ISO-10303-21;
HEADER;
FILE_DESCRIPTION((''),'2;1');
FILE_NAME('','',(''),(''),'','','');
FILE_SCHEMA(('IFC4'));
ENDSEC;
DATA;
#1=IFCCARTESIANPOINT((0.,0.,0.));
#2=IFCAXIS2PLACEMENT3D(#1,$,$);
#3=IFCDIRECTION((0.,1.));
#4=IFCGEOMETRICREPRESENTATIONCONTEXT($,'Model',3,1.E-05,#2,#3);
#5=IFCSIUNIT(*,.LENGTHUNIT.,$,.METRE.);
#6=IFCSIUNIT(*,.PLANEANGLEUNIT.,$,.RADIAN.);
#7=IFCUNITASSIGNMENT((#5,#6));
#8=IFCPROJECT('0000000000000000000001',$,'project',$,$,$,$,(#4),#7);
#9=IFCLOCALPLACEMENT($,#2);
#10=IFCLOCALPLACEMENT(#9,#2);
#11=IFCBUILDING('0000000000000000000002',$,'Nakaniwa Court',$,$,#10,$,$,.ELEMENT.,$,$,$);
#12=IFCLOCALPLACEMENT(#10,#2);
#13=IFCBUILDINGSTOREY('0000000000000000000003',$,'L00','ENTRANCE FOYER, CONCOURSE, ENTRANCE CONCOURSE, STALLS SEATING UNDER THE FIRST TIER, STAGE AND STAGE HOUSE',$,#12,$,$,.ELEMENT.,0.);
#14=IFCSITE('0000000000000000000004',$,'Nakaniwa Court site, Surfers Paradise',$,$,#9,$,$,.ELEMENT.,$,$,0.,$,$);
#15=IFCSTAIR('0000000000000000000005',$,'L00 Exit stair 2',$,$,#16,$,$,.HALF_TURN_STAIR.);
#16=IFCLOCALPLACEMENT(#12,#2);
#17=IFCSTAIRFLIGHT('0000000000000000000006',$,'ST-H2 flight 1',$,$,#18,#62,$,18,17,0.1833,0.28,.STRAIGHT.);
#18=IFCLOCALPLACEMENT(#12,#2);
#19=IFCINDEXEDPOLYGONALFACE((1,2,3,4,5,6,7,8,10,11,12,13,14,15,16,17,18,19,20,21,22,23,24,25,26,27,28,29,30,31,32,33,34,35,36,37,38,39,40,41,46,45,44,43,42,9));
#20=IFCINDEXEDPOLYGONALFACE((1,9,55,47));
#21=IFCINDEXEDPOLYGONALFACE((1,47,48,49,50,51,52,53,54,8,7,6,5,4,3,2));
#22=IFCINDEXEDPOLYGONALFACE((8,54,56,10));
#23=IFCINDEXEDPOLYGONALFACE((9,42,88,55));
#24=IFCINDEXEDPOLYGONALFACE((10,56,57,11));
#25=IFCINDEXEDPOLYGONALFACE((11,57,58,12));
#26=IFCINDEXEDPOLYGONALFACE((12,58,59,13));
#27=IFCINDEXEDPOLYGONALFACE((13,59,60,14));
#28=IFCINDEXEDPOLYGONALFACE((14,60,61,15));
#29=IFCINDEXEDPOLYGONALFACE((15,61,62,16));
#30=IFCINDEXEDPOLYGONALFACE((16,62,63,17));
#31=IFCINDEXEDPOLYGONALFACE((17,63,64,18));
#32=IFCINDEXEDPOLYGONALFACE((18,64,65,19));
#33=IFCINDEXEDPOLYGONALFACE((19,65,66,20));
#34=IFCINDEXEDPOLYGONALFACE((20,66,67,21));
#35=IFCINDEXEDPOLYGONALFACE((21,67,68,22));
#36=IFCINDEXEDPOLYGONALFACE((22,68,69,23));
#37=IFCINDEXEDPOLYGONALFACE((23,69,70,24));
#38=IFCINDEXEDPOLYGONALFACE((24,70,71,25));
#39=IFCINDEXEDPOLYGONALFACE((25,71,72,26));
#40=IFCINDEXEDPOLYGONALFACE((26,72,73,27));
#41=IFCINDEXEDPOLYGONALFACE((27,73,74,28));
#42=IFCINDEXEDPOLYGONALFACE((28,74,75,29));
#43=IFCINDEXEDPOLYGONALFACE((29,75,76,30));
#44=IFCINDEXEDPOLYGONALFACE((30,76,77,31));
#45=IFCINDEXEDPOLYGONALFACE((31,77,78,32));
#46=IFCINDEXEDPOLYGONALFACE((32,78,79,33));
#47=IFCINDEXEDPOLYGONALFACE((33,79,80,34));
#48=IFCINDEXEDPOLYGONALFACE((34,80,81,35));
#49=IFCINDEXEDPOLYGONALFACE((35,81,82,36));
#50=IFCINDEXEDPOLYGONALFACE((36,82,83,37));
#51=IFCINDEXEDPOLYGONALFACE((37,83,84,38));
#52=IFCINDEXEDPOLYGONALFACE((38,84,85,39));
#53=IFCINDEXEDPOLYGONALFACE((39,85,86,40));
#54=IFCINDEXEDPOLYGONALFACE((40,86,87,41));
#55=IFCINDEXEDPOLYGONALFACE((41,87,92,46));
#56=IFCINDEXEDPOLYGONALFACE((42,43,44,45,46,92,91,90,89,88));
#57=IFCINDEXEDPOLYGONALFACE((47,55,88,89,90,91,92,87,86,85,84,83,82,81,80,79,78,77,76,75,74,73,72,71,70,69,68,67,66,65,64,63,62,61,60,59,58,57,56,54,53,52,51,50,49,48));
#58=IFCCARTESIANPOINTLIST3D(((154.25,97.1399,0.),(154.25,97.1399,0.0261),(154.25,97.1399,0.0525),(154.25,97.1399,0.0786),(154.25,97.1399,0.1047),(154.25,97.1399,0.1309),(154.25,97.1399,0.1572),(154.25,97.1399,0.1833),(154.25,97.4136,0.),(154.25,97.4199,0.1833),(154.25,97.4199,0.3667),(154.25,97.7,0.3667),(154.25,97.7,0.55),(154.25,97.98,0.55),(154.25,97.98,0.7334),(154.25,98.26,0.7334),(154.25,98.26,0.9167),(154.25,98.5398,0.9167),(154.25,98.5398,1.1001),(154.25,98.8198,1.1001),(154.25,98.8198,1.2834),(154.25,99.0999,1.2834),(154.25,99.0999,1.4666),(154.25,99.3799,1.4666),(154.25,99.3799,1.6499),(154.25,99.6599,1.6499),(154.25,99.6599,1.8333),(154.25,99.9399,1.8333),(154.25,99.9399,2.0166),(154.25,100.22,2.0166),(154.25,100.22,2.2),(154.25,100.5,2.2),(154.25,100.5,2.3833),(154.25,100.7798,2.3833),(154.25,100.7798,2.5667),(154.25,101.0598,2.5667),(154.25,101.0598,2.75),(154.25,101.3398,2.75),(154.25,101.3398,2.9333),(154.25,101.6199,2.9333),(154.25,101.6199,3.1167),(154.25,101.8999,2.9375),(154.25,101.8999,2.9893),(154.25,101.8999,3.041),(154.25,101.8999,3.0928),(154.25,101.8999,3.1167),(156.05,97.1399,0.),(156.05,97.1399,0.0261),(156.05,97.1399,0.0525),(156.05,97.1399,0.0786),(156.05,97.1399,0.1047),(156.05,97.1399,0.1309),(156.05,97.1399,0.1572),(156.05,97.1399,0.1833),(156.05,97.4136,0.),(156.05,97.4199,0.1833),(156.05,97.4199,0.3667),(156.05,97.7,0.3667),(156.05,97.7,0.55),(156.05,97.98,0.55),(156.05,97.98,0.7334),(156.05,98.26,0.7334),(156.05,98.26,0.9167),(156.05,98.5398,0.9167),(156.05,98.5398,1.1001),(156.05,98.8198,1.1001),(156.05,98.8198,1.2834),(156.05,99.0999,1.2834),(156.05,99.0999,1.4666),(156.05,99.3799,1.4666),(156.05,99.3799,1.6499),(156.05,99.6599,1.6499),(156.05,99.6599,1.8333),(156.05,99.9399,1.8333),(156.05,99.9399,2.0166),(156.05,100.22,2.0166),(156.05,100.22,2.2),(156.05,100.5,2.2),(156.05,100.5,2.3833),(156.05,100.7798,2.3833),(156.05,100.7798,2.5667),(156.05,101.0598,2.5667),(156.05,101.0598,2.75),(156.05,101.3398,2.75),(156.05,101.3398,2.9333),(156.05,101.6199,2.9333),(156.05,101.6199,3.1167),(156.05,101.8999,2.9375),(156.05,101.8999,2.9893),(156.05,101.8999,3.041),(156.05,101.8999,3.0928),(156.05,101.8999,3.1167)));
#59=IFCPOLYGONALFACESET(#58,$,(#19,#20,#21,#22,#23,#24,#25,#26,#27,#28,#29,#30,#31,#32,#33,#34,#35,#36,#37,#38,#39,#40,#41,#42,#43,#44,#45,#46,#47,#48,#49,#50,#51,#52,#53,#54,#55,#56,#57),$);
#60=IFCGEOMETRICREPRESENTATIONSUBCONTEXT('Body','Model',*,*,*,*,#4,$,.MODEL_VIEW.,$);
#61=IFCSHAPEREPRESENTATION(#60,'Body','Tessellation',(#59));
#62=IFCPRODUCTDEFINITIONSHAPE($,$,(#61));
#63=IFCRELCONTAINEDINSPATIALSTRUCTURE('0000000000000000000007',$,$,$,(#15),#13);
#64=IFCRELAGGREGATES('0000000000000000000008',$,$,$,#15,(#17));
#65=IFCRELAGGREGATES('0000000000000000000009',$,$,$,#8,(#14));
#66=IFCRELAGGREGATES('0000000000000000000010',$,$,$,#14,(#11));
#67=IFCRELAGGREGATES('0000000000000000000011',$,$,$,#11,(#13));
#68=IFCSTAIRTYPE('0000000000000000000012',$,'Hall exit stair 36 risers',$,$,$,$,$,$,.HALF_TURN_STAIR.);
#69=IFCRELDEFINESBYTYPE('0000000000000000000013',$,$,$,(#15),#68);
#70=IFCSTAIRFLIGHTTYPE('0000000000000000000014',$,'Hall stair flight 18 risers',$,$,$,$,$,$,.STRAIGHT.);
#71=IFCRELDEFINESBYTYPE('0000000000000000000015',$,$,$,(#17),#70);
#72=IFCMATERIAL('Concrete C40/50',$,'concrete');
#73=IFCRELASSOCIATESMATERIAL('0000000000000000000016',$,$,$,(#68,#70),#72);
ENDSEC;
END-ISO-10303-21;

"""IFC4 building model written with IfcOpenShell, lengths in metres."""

from ifc_helpers import new_model, si_unit, direction, frame, origin, place, context, subcontext, project, spatial, polyline, outline, extrude, material, type_object, element, aggregate, save


model = new_model("IFC4")

# Units and contexts
model_context = context("Model", 3, precision=1e-05, world=origin(), true_north=direction((0.0, 1.0)))
body_context = subcontext(model_context, "Body", "Model", "MODEL_VIEW")
ifc_project = project(units=[si_unit("LENGTHUNIT", "METRE"), si_unit("PLANEANGLEUNIT", "RADIAN")], contexts=[model_context])

# Site, building, storey
site_placement = place(None, origin())
site = spatial("IfcSite", under=ifc_project, at=site_placement, Name="Nakaniwa Court site, Surfers Paradise", CompositionType="ELEMENT", RefElevation=0.0)
building_placement = place(site_placement, origin())
building = spatial("IfcBuilding", under=site, at=building_placement, Name="Nakaniwa Court", CompositionType="ELEMENT")
storey_placement = place(building_placement, origin())
storey = spatial("IfcBuildingStorey", under=building, at=storey_placement, Name="L00", Description="ENTRANCE FOYER, CONCOURSE, ENTRANCE CONCOURSE, STALLS SEATING UNDER THE FIRST TIER, STAGE AND STAGE HOUSE", CompositionType="ELEMENT", Elevation=0.0)

# Shared definitions
ifc_material_1 = material(Name="Concrete C40/50", Category="concrete")

# Stair, stair flight
stair_type = type_object("IfcStairType", Name="Hall exit stair 36 risers", PredefinedType="HALF_TURN_STAIR", material=ifc_material_1)
stair_placement = place(storey_placement, origin())
stair = element("IfcStair", 1, at=stair_placement, inside=storey, type_object=stair_type, Name="L00 Exit stair 2", PredefinedType="HALF_TURN_STAIR")
stair_flight_type = type_object("IfcStairFlightType", Name="Hall stair flight 18 risers", PredefinedType="STRAIGHT", material=ifc_material_1)
stair_flight_placement = place(storey_placement, frame((155.1499, 97.1399, 0.0), z_axis=(0.0, 0.0, 1.0), x_axis=(0.0, 1.0, 0.0)))
stair_flight = element("IfcStairFlight", 2, at=stair_flight_placement, type_object=stair_flight_type, Name="ST-H2 flight 1", NumberOfRisers=18, NumberOfTreads=17, PredefinedType="STRAIGHT", RiserHeight=0.1833, TreadLength=0.28, context=body_context, shape_type="SweptSolid", body=[
    extrude(outline(polyline([(0.0, 0.0), (0.0, 0.0261), (0.0, 0.0525), (0.0, 0.0786), (0.0, 0.1047), (0.0, 0.1309), (0.0, 0.1572), (0.0, 0.1833), (0.28, 0.1833), (0.28, 0.3667), (0.5601, 0.3667), (0.5601, 0.55), (0.8401, 0.55), (0.8401, 0.7334), (1.1201, 0.7334), (1.1201, 0.9167), (1.3999, 0.9167), (1.3999, 1.1001), (1.6799, 1.1001), (1.6799, 1.2834), (1.96, 1.2834), (1.96, 1.4666), (2.24, 1.4666), (2.24, 1.6499), (2.52, 1.6499), (2.52, 1.8333), (2.8, 1.8333), (2.8, 2.0166), (3.0801, 2.0166), (3.0801, 2.2), (3.3601, 2.2), (3.3601, 2.3833), (3.6399, 2.3833), (3.6399, 2.5667), (3.9199, 2.5667), (3.9199, 2.75), (4.2, 2.75), (4.2, 2.9333), (4.48, 2.9333), (4.48, 3.1167), (4.76, 3.1167), (4.76, 3.3), (4.76, 3.2483), (4.76, 3.1965), (4.76, 3.1445), (4.76, 3.0928), (4.76, 3.041), (4.76, 2.9893), (4.76, 2.9375), (0.2737, 0.0), (0.0, 0.0)])), frame((0.0, 0.8999, 0.0), z_axis=(0.0, -1.0, 0.0), x_axis=(1.0, 0.0, 0.0)), (0.0, 0.0, 1.0), 1.8),
])
aggregate(stair, [stair_flight])

save(model, "model.ifc")
